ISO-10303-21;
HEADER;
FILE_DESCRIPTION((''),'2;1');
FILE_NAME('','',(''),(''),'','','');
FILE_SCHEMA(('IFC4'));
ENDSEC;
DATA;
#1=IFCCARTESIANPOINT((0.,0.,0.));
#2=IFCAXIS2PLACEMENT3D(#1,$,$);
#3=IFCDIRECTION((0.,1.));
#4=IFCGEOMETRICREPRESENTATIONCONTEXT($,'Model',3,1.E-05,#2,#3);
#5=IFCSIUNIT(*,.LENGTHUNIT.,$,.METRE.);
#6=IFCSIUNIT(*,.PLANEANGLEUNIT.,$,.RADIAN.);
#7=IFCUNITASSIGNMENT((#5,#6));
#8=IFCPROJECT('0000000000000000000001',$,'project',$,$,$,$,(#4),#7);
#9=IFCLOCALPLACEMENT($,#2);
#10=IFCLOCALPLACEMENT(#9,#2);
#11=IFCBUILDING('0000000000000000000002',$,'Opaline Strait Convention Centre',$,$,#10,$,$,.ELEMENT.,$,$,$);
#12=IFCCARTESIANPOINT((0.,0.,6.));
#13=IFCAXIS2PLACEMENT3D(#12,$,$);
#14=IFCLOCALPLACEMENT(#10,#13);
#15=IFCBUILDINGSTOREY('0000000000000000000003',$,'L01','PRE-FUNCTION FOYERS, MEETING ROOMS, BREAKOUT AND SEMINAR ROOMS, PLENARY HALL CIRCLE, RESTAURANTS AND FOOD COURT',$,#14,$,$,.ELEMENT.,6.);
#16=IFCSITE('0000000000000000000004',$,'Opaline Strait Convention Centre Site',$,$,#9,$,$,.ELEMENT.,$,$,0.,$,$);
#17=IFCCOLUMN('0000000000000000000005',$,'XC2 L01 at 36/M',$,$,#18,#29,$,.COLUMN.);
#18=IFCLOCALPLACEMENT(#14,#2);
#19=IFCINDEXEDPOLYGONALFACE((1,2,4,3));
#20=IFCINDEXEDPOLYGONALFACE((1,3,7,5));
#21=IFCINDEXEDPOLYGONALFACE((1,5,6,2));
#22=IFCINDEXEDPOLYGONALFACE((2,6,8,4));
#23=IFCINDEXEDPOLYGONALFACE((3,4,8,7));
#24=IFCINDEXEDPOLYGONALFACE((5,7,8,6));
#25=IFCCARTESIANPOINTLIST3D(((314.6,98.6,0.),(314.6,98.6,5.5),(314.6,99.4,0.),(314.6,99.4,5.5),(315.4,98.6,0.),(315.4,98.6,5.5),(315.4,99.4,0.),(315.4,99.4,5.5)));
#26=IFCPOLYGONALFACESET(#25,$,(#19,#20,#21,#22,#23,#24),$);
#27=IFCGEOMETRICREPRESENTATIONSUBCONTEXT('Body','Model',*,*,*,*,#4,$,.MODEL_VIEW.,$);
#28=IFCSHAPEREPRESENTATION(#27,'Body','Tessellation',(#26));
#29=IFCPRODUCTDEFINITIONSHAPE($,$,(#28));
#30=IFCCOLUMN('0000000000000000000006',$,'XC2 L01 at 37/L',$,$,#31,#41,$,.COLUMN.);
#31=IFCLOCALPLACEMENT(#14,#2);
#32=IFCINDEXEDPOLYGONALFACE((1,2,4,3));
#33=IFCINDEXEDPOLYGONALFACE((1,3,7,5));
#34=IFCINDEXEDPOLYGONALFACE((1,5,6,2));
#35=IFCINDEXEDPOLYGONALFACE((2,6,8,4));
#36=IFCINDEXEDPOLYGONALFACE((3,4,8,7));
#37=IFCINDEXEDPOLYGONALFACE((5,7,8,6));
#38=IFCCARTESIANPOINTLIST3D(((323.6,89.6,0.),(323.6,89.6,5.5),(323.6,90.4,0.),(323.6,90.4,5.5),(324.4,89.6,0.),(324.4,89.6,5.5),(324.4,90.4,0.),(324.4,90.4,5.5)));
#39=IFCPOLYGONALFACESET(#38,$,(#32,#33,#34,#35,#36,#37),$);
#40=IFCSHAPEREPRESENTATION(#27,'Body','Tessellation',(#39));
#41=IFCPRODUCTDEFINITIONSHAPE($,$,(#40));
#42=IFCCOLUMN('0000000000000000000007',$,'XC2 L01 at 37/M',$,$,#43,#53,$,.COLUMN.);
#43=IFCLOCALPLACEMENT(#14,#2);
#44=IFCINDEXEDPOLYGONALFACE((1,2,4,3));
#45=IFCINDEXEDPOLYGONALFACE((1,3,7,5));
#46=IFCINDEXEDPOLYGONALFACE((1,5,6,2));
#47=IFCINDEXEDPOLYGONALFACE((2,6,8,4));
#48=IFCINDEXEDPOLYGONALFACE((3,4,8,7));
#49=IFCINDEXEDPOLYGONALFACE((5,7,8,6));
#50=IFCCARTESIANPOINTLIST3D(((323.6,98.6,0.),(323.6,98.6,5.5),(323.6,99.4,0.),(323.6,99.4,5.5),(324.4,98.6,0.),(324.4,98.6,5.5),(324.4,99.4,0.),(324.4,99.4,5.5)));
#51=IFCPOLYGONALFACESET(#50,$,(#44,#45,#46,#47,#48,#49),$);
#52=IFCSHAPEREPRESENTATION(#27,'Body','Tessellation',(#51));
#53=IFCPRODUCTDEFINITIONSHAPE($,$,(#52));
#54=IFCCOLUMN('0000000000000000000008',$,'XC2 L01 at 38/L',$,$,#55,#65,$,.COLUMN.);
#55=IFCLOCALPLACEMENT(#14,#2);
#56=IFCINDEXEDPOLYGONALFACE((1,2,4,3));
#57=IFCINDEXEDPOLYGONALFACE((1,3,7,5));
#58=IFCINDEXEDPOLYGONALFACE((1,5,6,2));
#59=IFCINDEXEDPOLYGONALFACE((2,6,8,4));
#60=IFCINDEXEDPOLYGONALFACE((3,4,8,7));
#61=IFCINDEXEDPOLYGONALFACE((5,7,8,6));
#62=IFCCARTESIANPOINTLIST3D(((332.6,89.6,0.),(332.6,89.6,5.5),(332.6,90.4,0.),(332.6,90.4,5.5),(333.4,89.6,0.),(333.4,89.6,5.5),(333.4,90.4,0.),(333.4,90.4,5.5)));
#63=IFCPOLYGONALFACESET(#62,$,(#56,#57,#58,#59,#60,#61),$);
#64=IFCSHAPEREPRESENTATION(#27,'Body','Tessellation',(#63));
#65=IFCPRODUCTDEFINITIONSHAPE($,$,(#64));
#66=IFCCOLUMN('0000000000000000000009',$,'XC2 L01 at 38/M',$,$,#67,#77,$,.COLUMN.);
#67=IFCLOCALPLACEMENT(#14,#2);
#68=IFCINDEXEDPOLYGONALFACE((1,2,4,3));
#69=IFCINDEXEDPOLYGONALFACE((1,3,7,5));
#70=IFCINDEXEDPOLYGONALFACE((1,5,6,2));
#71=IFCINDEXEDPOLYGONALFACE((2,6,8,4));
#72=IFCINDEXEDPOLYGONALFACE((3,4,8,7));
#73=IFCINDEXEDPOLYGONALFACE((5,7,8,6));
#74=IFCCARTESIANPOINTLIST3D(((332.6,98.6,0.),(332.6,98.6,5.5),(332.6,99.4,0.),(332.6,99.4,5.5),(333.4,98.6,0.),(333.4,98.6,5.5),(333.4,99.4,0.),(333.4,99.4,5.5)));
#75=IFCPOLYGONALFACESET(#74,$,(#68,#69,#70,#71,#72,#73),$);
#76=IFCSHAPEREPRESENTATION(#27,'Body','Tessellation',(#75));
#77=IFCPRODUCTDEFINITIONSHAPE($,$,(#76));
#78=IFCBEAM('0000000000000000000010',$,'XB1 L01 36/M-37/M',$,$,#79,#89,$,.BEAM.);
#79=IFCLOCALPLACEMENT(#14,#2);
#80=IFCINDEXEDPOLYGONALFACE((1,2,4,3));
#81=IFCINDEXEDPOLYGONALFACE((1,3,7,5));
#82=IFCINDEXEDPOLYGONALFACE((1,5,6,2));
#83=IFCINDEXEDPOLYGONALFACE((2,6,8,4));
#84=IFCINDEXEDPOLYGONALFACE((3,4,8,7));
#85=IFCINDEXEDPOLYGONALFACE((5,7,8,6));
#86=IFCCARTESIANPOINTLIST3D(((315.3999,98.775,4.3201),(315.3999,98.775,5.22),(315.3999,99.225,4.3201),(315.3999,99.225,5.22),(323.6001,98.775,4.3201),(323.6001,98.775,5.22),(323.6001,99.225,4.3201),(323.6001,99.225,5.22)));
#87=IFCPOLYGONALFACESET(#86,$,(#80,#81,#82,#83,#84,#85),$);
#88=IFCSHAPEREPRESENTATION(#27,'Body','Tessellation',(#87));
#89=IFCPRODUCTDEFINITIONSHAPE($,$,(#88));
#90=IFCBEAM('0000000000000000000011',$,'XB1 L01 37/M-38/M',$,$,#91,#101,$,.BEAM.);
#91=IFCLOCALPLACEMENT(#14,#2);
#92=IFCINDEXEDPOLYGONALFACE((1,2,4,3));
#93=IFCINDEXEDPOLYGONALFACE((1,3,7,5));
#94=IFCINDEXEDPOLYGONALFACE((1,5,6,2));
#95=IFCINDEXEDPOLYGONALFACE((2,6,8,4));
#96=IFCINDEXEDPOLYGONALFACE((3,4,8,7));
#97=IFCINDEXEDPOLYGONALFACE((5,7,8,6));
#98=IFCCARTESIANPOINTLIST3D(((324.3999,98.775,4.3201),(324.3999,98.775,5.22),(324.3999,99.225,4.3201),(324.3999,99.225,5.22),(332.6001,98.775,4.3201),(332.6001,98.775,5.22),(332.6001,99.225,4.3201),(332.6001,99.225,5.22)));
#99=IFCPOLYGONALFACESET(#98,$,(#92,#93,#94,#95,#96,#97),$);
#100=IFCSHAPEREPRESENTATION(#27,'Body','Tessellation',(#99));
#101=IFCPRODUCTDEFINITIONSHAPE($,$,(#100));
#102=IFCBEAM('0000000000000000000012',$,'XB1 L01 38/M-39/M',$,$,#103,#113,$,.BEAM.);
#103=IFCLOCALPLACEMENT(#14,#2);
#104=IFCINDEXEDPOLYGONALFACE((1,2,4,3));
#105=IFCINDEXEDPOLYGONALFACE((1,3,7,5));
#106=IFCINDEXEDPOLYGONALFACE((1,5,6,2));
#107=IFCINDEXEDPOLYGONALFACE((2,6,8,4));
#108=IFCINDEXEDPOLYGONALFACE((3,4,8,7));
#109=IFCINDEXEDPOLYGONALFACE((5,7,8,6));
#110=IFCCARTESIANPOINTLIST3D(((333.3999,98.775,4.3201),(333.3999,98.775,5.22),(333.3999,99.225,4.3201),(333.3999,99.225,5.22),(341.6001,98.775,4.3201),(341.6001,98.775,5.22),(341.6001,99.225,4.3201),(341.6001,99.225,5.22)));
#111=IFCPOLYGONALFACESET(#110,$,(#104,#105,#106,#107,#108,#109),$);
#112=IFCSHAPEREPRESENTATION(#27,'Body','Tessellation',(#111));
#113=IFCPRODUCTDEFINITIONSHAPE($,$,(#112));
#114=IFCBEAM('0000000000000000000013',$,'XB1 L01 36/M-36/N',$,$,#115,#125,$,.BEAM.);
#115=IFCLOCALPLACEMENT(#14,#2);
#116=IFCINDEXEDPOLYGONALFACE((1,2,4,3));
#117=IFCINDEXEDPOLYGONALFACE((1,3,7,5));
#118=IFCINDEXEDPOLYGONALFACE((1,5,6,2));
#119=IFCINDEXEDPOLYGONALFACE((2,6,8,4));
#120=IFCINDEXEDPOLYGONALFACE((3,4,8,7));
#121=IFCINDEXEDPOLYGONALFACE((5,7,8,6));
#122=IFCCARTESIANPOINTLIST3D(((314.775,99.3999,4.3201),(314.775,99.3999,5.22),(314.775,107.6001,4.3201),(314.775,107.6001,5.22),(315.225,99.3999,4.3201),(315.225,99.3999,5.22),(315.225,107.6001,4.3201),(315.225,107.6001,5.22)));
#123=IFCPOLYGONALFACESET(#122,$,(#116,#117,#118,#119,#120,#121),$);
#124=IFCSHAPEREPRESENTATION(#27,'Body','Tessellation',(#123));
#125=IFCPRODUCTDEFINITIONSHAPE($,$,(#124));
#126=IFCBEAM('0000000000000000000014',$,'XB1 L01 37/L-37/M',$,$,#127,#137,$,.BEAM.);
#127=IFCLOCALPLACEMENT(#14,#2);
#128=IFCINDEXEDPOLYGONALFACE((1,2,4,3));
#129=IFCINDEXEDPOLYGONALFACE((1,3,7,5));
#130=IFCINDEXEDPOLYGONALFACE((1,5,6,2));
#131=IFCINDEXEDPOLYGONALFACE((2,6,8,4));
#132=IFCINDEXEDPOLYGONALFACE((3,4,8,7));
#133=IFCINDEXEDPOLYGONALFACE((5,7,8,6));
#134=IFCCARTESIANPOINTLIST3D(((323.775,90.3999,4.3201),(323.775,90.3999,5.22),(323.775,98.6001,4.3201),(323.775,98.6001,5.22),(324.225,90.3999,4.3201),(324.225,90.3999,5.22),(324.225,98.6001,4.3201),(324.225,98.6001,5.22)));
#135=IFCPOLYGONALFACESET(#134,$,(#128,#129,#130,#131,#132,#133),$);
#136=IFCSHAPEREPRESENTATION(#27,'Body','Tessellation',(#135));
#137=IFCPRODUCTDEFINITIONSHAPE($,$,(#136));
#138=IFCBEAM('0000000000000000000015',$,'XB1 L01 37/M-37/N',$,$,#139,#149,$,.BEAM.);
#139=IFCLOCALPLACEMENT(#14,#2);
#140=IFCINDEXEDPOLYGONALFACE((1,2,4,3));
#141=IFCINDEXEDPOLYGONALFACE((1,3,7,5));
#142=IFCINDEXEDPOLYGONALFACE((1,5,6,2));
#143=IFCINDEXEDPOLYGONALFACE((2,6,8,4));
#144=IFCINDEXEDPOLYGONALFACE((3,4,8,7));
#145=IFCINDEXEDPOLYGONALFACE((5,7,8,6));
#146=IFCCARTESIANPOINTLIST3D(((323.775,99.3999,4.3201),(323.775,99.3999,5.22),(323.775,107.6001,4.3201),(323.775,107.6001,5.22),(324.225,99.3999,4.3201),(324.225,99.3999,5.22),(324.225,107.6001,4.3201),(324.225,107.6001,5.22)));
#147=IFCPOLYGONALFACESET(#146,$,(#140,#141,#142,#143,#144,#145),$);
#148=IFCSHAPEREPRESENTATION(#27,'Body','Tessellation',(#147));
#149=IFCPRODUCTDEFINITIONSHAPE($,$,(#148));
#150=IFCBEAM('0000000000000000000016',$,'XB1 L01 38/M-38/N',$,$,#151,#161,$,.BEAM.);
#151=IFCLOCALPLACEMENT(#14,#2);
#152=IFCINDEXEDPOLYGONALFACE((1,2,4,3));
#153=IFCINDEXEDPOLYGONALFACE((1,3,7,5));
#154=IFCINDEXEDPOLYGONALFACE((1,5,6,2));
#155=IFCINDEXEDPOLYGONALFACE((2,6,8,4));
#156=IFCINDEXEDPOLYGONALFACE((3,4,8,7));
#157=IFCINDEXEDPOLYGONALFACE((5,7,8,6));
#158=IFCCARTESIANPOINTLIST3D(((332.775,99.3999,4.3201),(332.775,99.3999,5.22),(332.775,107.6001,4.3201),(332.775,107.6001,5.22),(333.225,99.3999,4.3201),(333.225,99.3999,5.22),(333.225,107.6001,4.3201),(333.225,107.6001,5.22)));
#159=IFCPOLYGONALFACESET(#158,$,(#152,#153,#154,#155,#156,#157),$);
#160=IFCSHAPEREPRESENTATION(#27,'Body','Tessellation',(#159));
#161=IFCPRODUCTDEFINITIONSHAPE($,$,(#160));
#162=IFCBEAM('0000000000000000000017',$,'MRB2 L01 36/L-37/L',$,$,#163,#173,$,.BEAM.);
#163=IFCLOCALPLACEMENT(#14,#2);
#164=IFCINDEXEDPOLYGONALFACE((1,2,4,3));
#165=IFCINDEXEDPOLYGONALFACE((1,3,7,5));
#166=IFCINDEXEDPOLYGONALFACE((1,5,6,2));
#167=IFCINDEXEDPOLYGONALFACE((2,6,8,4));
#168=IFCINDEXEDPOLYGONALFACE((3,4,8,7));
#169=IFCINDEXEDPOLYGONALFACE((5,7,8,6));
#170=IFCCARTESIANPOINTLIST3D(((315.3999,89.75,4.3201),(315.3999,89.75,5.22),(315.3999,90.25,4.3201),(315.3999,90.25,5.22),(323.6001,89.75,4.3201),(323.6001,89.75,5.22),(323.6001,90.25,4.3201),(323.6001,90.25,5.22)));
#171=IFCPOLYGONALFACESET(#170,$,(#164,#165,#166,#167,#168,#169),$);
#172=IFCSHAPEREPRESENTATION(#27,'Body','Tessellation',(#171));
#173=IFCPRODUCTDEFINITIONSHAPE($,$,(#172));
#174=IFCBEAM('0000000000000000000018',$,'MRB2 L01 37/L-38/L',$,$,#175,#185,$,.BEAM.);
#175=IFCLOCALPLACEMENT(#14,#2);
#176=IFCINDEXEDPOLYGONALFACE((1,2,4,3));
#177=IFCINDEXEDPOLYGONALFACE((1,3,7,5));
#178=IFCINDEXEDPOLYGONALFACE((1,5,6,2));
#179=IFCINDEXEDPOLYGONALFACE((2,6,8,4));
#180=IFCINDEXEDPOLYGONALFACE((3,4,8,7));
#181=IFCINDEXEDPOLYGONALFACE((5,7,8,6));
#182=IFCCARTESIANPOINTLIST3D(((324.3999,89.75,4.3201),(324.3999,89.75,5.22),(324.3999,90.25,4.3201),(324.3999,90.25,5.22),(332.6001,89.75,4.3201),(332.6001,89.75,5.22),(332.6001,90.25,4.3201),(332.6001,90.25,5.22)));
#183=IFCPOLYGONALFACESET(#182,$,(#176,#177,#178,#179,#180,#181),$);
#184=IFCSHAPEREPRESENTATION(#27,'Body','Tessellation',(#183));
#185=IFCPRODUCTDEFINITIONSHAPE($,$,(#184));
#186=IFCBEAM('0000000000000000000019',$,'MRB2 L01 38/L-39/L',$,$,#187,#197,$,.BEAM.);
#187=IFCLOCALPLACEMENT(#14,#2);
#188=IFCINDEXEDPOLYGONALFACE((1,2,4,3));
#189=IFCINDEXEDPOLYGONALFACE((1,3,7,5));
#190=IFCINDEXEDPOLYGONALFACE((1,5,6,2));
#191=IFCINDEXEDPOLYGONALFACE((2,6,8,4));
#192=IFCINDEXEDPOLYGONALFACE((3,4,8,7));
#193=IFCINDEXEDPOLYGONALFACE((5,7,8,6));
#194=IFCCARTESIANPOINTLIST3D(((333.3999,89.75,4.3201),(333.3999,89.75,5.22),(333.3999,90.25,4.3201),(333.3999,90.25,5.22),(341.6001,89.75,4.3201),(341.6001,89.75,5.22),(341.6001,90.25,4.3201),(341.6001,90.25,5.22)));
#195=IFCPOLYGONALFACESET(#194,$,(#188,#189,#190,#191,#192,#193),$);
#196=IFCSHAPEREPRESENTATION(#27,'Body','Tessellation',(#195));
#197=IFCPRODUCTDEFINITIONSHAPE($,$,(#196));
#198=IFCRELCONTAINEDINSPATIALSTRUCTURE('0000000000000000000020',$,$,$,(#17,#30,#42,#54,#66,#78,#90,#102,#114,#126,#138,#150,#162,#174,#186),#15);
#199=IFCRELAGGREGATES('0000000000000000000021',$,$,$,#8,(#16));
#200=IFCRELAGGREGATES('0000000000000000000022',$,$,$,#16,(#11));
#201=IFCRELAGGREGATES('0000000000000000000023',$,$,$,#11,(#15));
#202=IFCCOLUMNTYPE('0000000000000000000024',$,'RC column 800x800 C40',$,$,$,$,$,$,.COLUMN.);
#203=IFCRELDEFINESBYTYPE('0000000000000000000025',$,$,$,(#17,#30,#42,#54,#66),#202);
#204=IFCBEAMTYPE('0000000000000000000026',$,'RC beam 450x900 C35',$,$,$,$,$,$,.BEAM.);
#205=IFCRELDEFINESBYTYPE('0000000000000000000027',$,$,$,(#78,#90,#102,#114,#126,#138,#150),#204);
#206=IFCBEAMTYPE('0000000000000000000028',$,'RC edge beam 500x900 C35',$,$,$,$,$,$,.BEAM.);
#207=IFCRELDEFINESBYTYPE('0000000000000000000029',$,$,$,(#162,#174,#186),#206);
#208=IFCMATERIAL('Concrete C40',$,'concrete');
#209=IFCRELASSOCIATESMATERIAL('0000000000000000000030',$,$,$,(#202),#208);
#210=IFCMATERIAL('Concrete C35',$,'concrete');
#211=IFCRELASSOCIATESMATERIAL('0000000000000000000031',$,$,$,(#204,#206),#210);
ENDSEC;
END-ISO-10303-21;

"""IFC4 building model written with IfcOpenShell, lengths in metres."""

from ifc_helpers import new_model, si_unit, direction, frame, origin, origin_2d, place, context, subcontext, project, spatial, rectangle, extrude, material, material_profile, profile_set, type_object, element, save


model = new_model("IFC4")

# Units and contexts
model_context = context("Model", 3, precision=1e-05, world=origin(), true_north=direction((0.0, 1.0)))
body_context = subcontext(model_context, "Body", "Model", "MODEL_VIEW")
ifc_project = project(units=[si_unit("LENGTHUNIT", "METRE"), si_unit("PLANEANGLEUNIT", "RADIAN")], contexts=[model_context])

# Site, building, storey
site_placement = place(None, origin())
site = spatial("IfcSite", under=ifc_project, at=site_placement, Name="Opaline Strait Convention Centre Site", CompositionType="ELEMENT", RefElevation=0.0)
building_placement = place(site_placement, origin())
building = spatial("IfcBuilding", under=site, at=building_placement, Name="Opaline Strait Convention Centre", CompositionType="ELEMENT")
storey_placement = place(building_placement, frame((0.0, 0.0, 6.0)))
storey = spatial("IfcBuildingStorey", under=building, at=storey_placement, Name="L01", Description="PRE-FUNCTION FOYERS, MEETING ROOMS, BREAKOUT AND SEMINAR ROOMS, PLENARY HALL CIRCLE, RESTAURANTS AND FOOD COURT", CompositionType="ELEMENT", Elevation=6.0)

# Columns
ifc_material_1 = material(Name="Concrete C40", Category="concrete")
ifc_material_profile_1 = material_profile(ifc_material_1, rectangle(XDim=0.8, YDim=0.8, at=origin_2d()), Name="RC 800x800")
ifc_profile_set_1 = profile_set([ifc_material_profile_1], Name="Concrete C40")
column_type = type_object("IfcColumnType", Name="RC column 800x800 C40", PredefinedType="COLUMN", material=ifc_profile_set_1)
for number, where, z_axis, x_axis, name in (
    (1, (315.0, 99.0, 0.0), (0.0, 0.0, 1.0), (1.0, 0.0, 0.0), "XC2 L01 at 36/M"),
    (2, (324.0, 90.0, 0.0), (0.0, 0.0, 1.0), (1.0, 0.0, 0.0), "XC2 L01 at 37/L"),
    (3, (324.0, 99.0, 0.0), (0.0, 0.0, 1.0), (1.0, 0.0, 0.0), "XC2 L01 at 37/M"),
    (4, (333.0, 90.0, 0.0), (0.0, 0.0, 1.0), (1.0, 0.0, 0.0), "XC2 L01 at 38/L"),
    (5, (333.0, 99.0, 0.0), (0.0, 0.0, 1.0), (1.0, 0.0, 0.0), "XC2 L01 at 38/M"),
):
    element("IfcColumn", number, at=place(storey_placement, frame(where, z_axis=z_axis, x_axis=x_axis)), inside=storey, type_object=column_type, Name=name, PredefinedType="COLUMN", context=body_context, shape_type="SweptSolid", body=[
        extrude(rectangle(XDim=0.8, YDim=0.8, at=origin_2d()), origin(), (0.0, 0.0, 1.0), 5.5),
    ])

# Beams
ifc_material_2 = material(Name="Concrete C35", Category="concrete")
ifc_material_profile_2 = material_profile(ifc_material_2, rectangle(XDim=0.45, YDim=0.8999, at=origin_2d()), Name="RC 450x900")
ifc_profile_set_2 = profile_set([ifc_material_profile_2], Name="Concrete C35")
beam_type_1 = type_object("IfcBeamType", Name="RC beam 450x900 C35", PredefinedType="BEAM", material=ifc_profile_set_2)
for number, where, z_axis, x_axis, name in (
    (6, (315.3999, 99.0, 4.77), (1.0, 0.0, 0.0), (0.0, 1.0, 0.0), "XB1 L01 36/M-37/M"),
    (7, (324.3999, 99.0, 4.77), (1.0, 0.0, 0.0), (0.0, 1.0, 0.0), "XB1 L01 37/M-38/M"),
    (8, (333.3999, 99.0, 4.77), (1.0, 0.0, 0.0), (0.0, 1.0, 0.0), "XB1 L01 38/M-39/M"),
    (9, (315.0, 99.3999, 4.77), (0.0, 1.0, 0.0), (-1.0, 0.0, 0.0), "XB1 L01 36/M-36/N"),
    (10, (324.0, 90.3999, 4.77), (0.0, 1.0, 0.0), (-1.0, 0.0, 0.0), "XB1 L01 37/L-37/M"),
    (11, (324.0, 99.3999, 4.77), (0.0, 1.0, 0.0), (-1.0, 0.0, 0.0), "XB1 L01 37/M-37/N"),
    (12, (333.0, 99.3999, 4.77), (0.0, 1.0, 0.0), (-1.0, 0.0, 0.0), "XB1 L01 38/M-38/N"),
):
    element("IfcBeam", number, at=place(storey_placement, frame(where, z_axis=z_axis, x_axis=x_axis)), inside=storey, type_object=beam_type_1, Name=name, PredefinedType="BEAM", context=body_context, shape_type="SweptSolid", body=[
        extrude(rectangle(XDim=0.45, YDim=0.8999, at=origin_2d()), origin(), (0.0, 0.0, 1.0), 8.2002),
    ])
ifc_material_profile_3 = material_profile(ifc_material_2, rectangle(XDim=0.5, YDim=0.8999, at=origin_2d()), Name="RC 500x900")
ifc_profile_set_3 = profile_set([ifc_material_profile_3], Name="Concrete C35")
beam_type_2 = type_object("IfcBeamType", Name="RC edge beam 500x900 C35", PredefinedType="BEAM", material=ifc_profile_set_3)
for number, where, z_axis, x_axis, name in (
    (13, (315.3999, 90.0, 4.77), (1.0, 0.0, 0.0), (0.0, 1.0, 0.0), "MRB2 L01 36/L-37/L"),
    (14, (324.3999, 90.0, 4.77), (1.0, 0.0, 0.0), (0.0, 1.0, 0.0), "MRB2 L01 37/L-38/L"),
    (15, (333.3999, 90.0, 4.77), (1.0, 0.0, 0.0), (0.0, 1.0, 0.0), "MRB2 L01 38/L-39/L"),
):
    element("IfcBeam", number, at=place(storey_placement, frame(where, z_axis=z_axis, x_axis=x_axis)), inside=storey, type_object=beam_type_2, Name=name, PredefinedType="BEAM", context=body_context, shape_type="SweptSolid", body=[
        extrude(rectangle(XDim=0.5, YDim=0.8999, at=origin_2d()), origin(), (0.0, 0.0, 1.0), 8.2002),
    ])

save(model, "model.ifc")
